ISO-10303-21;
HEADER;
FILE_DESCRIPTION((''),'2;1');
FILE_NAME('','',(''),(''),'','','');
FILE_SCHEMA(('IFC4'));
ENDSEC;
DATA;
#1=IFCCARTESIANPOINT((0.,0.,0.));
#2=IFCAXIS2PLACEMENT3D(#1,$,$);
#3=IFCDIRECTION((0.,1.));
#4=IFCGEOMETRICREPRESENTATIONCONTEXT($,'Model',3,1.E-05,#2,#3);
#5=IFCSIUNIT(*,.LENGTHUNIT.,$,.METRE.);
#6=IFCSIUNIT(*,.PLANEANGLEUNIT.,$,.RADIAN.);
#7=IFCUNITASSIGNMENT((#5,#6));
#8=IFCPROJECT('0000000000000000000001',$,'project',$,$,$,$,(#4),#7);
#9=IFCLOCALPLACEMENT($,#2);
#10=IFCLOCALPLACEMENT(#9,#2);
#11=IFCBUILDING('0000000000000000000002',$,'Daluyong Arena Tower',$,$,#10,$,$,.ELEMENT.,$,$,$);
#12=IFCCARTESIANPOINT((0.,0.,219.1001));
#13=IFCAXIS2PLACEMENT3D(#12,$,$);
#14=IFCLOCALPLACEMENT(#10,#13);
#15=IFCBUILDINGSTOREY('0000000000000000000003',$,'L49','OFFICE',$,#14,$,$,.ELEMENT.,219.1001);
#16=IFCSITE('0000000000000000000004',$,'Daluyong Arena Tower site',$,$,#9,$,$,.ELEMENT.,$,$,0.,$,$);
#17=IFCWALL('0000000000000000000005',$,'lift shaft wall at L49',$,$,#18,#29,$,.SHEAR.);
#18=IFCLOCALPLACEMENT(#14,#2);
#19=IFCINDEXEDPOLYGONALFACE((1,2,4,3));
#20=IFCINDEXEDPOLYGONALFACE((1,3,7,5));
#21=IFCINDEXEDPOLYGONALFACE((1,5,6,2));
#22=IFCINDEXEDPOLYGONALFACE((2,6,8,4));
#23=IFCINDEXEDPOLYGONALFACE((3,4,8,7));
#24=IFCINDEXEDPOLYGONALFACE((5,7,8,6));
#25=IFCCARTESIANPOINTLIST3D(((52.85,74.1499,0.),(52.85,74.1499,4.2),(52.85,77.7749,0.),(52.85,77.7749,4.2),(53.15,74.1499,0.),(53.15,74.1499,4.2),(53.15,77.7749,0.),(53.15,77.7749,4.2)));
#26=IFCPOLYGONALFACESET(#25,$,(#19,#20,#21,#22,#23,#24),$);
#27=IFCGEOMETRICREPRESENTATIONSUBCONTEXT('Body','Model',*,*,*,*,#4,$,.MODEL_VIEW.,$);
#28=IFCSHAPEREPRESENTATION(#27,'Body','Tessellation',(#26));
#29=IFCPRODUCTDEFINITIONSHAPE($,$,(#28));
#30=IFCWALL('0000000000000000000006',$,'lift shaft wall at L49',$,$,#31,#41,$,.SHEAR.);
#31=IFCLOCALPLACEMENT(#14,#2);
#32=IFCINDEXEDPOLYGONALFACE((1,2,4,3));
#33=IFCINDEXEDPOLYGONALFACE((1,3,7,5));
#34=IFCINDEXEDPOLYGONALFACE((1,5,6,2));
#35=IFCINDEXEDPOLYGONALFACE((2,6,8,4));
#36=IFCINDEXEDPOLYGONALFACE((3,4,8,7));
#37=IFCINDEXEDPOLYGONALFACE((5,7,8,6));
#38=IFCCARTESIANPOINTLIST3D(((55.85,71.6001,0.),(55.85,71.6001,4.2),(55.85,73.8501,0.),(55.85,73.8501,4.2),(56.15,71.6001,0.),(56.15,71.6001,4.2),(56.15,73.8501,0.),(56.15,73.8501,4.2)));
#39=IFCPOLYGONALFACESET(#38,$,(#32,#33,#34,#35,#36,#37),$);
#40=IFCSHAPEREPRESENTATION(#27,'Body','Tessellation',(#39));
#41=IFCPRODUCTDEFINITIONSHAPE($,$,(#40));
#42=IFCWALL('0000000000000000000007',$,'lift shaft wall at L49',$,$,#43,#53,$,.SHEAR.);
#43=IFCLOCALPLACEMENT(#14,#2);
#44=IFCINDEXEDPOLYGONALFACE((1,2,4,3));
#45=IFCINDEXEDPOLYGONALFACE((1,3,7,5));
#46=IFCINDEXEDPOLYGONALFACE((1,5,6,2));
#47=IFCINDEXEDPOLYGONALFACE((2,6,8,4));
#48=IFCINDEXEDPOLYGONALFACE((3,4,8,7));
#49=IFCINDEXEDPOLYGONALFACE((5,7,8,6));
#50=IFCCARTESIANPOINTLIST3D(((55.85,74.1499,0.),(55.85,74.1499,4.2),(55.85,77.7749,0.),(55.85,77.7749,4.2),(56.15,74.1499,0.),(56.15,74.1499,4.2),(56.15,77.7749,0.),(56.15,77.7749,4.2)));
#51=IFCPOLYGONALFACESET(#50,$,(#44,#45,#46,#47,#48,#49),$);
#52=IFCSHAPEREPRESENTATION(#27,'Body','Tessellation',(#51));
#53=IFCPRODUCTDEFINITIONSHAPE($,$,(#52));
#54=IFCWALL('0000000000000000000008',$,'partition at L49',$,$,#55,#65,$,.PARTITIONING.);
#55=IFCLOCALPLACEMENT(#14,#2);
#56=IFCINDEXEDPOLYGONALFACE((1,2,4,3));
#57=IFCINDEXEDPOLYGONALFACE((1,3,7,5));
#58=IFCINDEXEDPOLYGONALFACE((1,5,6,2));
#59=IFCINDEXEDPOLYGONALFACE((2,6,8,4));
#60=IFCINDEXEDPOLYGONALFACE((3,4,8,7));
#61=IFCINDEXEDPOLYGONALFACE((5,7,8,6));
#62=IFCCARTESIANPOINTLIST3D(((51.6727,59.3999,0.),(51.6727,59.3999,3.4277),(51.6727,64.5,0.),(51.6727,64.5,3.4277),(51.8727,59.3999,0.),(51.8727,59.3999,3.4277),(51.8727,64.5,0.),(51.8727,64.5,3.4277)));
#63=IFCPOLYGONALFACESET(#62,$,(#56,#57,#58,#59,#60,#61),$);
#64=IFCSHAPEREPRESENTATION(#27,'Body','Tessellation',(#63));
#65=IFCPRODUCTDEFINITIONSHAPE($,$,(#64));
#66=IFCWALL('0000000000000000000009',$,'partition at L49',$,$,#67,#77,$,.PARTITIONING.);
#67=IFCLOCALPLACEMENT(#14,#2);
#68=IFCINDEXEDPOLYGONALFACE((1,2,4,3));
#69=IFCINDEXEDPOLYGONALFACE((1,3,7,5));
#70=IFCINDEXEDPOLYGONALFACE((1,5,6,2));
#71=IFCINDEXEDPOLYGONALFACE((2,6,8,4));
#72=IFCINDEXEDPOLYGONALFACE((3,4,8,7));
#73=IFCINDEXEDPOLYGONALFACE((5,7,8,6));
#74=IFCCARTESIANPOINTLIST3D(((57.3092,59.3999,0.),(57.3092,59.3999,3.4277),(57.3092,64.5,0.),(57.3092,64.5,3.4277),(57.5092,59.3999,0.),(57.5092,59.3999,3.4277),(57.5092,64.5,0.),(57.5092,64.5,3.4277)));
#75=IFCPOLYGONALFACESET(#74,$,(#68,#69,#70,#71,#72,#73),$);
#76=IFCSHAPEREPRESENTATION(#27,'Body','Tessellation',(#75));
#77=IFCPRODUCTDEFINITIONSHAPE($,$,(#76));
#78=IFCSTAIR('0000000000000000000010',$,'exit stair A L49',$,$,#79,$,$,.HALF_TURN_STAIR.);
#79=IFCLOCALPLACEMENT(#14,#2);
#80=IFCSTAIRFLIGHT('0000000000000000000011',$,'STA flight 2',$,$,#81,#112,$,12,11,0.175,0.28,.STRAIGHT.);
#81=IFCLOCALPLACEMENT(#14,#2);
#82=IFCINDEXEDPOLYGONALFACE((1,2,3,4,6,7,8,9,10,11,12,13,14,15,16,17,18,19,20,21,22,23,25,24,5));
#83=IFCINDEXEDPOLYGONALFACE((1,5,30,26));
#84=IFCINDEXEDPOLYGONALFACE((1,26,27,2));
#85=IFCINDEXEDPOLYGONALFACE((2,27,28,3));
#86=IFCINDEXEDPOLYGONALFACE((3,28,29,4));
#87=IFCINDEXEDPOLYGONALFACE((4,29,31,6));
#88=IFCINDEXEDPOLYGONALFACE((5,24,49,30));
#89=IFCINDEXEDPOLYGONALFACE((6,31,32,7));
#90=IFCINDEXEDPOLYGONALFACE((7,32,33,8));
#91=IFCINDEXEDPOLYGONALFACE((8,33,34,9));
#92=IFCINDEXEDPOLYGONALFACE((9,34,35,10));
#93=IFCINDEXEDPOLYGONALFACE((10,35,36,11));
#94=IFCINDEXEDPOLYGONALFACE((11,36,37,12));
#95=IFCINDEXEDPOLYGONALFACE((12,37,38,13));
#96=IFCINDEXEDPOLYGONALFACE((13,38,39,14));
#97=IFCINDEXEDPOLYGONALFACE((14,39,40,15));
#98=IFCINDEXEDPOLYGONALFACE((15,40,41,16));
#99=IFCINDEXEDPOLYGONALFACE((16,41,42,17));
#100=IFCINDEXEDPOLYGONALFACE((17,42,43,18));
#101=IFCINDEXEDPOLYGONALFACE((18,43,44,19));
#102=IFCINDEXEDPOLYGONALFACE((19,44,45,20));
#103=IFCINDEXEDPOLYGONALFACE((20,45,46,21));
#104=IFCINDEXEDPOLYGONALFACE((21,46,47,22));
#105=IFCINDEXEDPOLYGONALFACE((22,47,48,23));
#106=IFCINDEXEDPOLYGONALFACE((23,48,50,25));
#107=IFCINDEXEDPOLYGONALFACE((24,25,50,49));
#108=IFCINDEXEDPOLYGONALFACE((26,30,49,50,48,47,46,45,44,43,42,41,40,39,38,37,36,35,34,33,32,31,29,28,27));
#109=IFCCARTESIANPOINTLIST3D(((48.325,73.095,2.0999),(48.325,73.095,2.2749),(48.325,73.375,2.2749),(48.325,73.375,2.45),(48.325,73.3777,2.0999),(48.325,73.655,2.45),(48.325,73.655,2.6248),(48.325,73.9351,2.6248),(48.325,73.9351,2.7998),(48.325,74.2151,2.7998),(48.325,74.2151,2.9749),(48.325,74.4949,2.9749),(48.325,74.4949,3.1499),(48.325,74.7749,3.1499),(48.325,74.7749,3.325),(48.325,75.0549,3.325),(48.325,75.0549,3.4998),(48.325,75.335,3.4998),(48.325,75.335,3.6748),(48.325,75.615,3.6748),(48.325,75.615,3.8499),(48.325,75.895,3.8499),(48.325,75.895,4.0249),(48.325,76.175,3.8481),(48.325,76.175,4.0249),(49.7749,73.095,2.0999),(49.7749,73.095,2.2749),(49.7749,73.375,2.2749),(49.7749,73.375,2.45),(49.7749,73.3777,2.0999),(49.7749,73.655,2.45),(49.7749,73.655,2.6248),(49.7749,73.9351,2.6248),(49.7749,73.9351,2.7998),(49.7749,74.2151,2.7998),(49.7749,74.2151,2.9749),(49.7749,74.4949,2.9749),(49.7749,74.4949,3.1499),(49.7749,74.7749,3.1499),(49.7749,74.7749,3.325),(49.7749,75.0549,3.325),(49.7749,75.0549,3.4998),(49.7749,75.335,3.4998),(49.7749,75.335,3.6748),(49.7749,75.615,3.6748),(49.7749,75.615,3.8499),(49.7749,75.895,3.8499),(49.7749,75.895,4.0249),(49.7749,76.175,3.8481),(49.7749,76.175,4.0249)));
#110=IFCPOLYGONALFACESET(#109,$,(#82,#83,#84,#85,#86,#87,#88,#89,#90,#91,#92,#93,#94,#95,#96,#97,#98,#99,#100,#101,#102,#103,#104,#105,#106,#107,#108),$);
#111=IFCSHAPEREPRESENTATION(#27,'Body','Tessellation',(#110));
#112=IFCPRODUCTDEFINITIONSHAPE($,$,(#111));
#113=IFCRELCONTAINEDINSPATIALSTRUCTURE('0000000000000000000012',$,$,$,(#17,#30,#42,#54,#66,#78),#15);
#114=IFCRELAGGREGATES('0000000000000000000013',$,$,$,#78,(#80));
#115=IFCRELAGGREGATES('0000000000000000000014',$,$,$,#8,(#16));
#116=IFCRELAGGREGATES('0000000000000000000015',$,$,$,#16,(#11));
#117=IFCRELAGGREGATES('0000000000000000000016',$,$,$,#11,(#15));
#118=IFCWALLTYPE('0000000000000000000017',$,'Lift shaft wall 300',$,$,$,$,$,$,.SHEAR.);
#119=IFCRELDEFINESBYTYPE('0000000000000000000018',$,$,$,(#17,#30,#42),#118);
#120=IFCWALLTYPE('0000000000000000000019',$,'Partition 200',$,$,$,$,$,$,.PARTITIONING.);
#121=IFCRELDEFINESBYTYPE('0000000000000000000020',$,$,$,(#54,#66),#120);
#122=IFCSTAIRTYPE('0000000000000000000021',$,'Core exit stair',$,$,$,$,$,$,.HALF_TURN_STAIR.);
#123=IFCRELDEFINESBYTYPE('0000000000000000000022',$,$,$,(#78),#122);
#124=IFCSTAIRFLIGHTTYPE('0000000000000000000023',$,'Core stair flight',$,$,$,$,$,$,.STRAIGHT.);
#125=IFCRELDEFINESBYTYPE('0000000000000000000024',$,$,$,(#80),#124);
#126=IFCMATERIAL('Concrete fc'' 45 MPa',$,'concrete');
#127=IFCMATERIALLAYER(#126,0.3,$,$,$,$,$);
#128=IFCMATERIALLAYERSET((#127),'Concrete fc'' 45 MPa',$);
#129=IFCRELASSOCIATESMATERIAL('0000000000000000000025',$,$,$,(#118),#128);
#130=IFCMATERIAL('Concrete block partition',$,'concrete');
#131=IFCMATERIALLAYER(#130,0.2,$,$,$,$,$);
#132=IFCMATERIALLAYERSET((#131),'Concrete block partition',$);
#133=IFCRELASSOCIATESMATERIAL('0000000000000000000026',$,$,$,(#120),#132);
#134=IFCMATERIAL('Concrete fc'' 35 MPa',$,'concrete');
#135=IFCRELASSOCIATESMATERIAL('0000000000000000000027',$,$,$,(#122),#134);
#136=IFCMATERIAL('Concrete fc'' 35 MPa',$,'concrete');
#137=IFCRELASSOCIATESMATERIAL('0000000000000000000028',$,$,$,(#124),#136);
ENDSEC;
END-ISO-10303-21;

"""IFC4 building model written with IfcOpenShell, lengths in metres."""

from ifc_helpers import new_model, si_unit, direction, frame, frame_2d, origin, place, context, subcontext, project, spatial, polyline, rectangle, outline, extrude, material, layer, layer_set, type_object, element, aggregate, save


model = new_model("IFC4")

# Units and contexts
model_context = context("Model", 3, precision=1e-05, world=origin(), true_north=direction((0.0, 1.0)))
body_context = subcontext(model_context, "Body", "Model", "MODEL_VIEW")
ifc_project = project(units=[si_unit("LENGTHUNIT", "METRE"), si_unit("PLANEANGLEUNIT", "RADIAN")], contexts=[model_context])

# Site, building, storey
site_placement = place(None, origin())
site = spatial("IfcSite", under=ifc_project, at=site_placement, Name="Daluyong Arena Tower site", CompositionType="ELEMENT", RefElevation=0.0)
building_placement = place(site_placement, origin())
building = spatial("IfcBuilding", under=site, at=building_placement, Name="Daluyong Arena Tower", CompositionType="ELEMENT")
storey_placement = place(building_placement, frame((0.0, 0.0, 219.1001)))
storey = spatial("IfcBuildingStorey", under=building, at=storey_placement, Name="L49", Description="OFFICE", CompositionType="ELEMENT", Elevation=219.1001)

# Walls
ifc_material_1 = material(Name="Concrete fc' 45 MPa", Category="concrete")
ifc_layer_1 = layer(ifc_material_1, 0.3)
ifc_layer_set_1 = layer_set([ifc_layer_1], Name="Concrete fc' 45 MPa")
wall_type_1 = type_object("IfcWallType", Name="Lift shaft wall 300", PredefinedType="SHEAR", material=ifc_layer_set_1)
wall_1_placement = place(storey_placement, frame((53.0, 74.1499, 0.0), z_axis=(0.0, 0.0, 1.0), x_axis=(0.0, 1.0, 0.0)))
element("IfcWall", 1, at=wall_1_placement, inside=storey, type_object=wall_type_1, Name="lift shaft wall at L49", PredefinedType="SHEAR", context=body_context, shape_type="SweptSolid", body=[
    extrude(rectangle(XDim=3.625, YDim=0.3, at=frame_2d((1.8125, 0.0))), origin(), (0.0, 0.0, 1.0), 4.2),
])
wall_2_placement = place(storey_placement, frame((56.0, 71.6001, 0.0), z_axis=(0.0, 0.0, 1.0), x_axis=(0.0, 1.0, 0.0)))
element("IfcWall", 2, at=wall_2_placement, inside=storey, type_object=wall_type_1, Name="lift shaft wall at L49", PredefinedType="SHEAR", context=body_context, shape_type="SweptSolid", body=[
    extrude(rectangle(XDim=2.25, YDim=0.3, at=frame_2d((1.125, 0.0))), origin(), (0.0, 0.0, 1.0), 4.2),
])
wall_3_placement = place(storey_placement, frame((56.0, 74.1499, 0.0), z_axis=(0.0, 0.0, 1.0), x_axis=(0.0, 1.0, 0.0)))
element("IfcWall", 3, at=wall_3_placement, inside=storey, type_object=wall_type_1, Name="lift shaft wall at L49", PredefinedType="SHEAR", context=body_context, shape_type="SweptSolid", body=[
    extrude(rectangle(XDim=3.625, YDim=0.3, at=frame_2d((1.8125, 0.0))), origin(), (0.0, 0.0, 1.0), 4.2),
])
ifc_material_2 = material(Name="Concrete block partition", Category="concrete")
ifc_layer_2 = layer(ifc_material_2, 0.2)
ifc_layer_set_2 = layer_set([ifc_layer_2], Name="Concrete block partition")
wall_type_2 = type_object("IfcWallType", Name="Partition 200", PredefinedType="PARTITIONING", material=ifc_layer_set_2)
for number, where, z_axis, x_axis, name in (
    (4, (51.7727, 59.3999, 0.0), (0.0, 0.0, 1.0), (0.0, 1.0, 0.0), "partition at L49"),
    (5, (57.4092, 59.3999, 0.0), (0.0, 0.0, 1.0), (0.0, 1.0, 0.0), "partition at L49"),
):
    element("IfcWall", number, at=place(storey_placement, frame(where, z_axis=z_axis, x_axis=x_axis)), inside=storey, type_object=wall_type_2, Name=name, PredefinedType="PARTITIONING", context=body_context, shape_type="SweptSolid", body=[
        extrude(rectangle(XDim=5.1001, YDim=0.2, at=frame_2d((2.55, 0.0))), origin(), (0.0, 0.0, 1.0), 3.4277),
    ])

# Stair, stair flight
ifc_material_3 = material(Name="Concrete fc' 35 MPa", Category="concrete")
stair_type = type_object("IfcStairType", Name="Core exit stair", PredefinedType="HALF_TURN_STAIR", material=ifc_material_3)
stair_placement = place(storey_placement, origin())
stair = element("IfcStair", 6, at=stair_placement, inside=storey, type_object=stair_type, Name="exit stair A L49", PredefinedType="HALF_TURN_STAIR")
ifc_material_4 = material(Name="Concrete fc' 35 MPa", Category="concrete")
stair_flight_type = type_object("IfcStairFlightType", Name="Core stair flight", PredefinedType="STRAIGHT", material=ifc_material_4)
stair_flight_placement = place(storey_placement, frame((49.05, 73.095, 2.0999), z_axis=(0.0, 0.0, 1.0), x_axis=(0.0, 1.0, 0.0)))
stair_flight = element("IfcStairFlight", 7, at=stair_flight_placement, type_object=stair_flight_type, Name="STA flight 2", NumberOfRisers=12, NumberOfTreads=11, PredefinedType="STRAIGHT", RiserHeight=0.175, TreadLength=0.28, context=body_context, shape_type="SweptSolid", body=[
    extrude(outline(polyline([(0.0, 0.0), (0.0, 0.175), (0.28, 0.175), (0.28, 0.3501), (0.5601, 0.3501), (0.5601, 0.5249), (0.8401, 0.5249), (0.8401, 0.7), (1.1201, 0.7), (1.1201, 0.875), (1.3999, 0.875), (1.3999, 1.05), (1.6799, 1.05), (1.6799, 1.2251), (1.96, 1.2251), (1.96, 1.3999), (2.24, 1.3999), (2.24, 1.575), (2.52, 1.575), (2.52, 1.75), (2.8, 1.75), (2.8, 1.925), (3.0801, 1.925), (3.0801, 2.1001), (3.0801, 1.7483), (0.2827, 0.0), (0.0, 0.0)])), frame((0.0, 0.7251, 0.0), z_axis=(0.0, -1.0, 0.0), x_axis=(1.0, 0.0, 0.0)), (0.0, 0.0, 1.0), 1.45),
])
aggregate(stair, [stair_flight])

save(model, "model.ifc")
